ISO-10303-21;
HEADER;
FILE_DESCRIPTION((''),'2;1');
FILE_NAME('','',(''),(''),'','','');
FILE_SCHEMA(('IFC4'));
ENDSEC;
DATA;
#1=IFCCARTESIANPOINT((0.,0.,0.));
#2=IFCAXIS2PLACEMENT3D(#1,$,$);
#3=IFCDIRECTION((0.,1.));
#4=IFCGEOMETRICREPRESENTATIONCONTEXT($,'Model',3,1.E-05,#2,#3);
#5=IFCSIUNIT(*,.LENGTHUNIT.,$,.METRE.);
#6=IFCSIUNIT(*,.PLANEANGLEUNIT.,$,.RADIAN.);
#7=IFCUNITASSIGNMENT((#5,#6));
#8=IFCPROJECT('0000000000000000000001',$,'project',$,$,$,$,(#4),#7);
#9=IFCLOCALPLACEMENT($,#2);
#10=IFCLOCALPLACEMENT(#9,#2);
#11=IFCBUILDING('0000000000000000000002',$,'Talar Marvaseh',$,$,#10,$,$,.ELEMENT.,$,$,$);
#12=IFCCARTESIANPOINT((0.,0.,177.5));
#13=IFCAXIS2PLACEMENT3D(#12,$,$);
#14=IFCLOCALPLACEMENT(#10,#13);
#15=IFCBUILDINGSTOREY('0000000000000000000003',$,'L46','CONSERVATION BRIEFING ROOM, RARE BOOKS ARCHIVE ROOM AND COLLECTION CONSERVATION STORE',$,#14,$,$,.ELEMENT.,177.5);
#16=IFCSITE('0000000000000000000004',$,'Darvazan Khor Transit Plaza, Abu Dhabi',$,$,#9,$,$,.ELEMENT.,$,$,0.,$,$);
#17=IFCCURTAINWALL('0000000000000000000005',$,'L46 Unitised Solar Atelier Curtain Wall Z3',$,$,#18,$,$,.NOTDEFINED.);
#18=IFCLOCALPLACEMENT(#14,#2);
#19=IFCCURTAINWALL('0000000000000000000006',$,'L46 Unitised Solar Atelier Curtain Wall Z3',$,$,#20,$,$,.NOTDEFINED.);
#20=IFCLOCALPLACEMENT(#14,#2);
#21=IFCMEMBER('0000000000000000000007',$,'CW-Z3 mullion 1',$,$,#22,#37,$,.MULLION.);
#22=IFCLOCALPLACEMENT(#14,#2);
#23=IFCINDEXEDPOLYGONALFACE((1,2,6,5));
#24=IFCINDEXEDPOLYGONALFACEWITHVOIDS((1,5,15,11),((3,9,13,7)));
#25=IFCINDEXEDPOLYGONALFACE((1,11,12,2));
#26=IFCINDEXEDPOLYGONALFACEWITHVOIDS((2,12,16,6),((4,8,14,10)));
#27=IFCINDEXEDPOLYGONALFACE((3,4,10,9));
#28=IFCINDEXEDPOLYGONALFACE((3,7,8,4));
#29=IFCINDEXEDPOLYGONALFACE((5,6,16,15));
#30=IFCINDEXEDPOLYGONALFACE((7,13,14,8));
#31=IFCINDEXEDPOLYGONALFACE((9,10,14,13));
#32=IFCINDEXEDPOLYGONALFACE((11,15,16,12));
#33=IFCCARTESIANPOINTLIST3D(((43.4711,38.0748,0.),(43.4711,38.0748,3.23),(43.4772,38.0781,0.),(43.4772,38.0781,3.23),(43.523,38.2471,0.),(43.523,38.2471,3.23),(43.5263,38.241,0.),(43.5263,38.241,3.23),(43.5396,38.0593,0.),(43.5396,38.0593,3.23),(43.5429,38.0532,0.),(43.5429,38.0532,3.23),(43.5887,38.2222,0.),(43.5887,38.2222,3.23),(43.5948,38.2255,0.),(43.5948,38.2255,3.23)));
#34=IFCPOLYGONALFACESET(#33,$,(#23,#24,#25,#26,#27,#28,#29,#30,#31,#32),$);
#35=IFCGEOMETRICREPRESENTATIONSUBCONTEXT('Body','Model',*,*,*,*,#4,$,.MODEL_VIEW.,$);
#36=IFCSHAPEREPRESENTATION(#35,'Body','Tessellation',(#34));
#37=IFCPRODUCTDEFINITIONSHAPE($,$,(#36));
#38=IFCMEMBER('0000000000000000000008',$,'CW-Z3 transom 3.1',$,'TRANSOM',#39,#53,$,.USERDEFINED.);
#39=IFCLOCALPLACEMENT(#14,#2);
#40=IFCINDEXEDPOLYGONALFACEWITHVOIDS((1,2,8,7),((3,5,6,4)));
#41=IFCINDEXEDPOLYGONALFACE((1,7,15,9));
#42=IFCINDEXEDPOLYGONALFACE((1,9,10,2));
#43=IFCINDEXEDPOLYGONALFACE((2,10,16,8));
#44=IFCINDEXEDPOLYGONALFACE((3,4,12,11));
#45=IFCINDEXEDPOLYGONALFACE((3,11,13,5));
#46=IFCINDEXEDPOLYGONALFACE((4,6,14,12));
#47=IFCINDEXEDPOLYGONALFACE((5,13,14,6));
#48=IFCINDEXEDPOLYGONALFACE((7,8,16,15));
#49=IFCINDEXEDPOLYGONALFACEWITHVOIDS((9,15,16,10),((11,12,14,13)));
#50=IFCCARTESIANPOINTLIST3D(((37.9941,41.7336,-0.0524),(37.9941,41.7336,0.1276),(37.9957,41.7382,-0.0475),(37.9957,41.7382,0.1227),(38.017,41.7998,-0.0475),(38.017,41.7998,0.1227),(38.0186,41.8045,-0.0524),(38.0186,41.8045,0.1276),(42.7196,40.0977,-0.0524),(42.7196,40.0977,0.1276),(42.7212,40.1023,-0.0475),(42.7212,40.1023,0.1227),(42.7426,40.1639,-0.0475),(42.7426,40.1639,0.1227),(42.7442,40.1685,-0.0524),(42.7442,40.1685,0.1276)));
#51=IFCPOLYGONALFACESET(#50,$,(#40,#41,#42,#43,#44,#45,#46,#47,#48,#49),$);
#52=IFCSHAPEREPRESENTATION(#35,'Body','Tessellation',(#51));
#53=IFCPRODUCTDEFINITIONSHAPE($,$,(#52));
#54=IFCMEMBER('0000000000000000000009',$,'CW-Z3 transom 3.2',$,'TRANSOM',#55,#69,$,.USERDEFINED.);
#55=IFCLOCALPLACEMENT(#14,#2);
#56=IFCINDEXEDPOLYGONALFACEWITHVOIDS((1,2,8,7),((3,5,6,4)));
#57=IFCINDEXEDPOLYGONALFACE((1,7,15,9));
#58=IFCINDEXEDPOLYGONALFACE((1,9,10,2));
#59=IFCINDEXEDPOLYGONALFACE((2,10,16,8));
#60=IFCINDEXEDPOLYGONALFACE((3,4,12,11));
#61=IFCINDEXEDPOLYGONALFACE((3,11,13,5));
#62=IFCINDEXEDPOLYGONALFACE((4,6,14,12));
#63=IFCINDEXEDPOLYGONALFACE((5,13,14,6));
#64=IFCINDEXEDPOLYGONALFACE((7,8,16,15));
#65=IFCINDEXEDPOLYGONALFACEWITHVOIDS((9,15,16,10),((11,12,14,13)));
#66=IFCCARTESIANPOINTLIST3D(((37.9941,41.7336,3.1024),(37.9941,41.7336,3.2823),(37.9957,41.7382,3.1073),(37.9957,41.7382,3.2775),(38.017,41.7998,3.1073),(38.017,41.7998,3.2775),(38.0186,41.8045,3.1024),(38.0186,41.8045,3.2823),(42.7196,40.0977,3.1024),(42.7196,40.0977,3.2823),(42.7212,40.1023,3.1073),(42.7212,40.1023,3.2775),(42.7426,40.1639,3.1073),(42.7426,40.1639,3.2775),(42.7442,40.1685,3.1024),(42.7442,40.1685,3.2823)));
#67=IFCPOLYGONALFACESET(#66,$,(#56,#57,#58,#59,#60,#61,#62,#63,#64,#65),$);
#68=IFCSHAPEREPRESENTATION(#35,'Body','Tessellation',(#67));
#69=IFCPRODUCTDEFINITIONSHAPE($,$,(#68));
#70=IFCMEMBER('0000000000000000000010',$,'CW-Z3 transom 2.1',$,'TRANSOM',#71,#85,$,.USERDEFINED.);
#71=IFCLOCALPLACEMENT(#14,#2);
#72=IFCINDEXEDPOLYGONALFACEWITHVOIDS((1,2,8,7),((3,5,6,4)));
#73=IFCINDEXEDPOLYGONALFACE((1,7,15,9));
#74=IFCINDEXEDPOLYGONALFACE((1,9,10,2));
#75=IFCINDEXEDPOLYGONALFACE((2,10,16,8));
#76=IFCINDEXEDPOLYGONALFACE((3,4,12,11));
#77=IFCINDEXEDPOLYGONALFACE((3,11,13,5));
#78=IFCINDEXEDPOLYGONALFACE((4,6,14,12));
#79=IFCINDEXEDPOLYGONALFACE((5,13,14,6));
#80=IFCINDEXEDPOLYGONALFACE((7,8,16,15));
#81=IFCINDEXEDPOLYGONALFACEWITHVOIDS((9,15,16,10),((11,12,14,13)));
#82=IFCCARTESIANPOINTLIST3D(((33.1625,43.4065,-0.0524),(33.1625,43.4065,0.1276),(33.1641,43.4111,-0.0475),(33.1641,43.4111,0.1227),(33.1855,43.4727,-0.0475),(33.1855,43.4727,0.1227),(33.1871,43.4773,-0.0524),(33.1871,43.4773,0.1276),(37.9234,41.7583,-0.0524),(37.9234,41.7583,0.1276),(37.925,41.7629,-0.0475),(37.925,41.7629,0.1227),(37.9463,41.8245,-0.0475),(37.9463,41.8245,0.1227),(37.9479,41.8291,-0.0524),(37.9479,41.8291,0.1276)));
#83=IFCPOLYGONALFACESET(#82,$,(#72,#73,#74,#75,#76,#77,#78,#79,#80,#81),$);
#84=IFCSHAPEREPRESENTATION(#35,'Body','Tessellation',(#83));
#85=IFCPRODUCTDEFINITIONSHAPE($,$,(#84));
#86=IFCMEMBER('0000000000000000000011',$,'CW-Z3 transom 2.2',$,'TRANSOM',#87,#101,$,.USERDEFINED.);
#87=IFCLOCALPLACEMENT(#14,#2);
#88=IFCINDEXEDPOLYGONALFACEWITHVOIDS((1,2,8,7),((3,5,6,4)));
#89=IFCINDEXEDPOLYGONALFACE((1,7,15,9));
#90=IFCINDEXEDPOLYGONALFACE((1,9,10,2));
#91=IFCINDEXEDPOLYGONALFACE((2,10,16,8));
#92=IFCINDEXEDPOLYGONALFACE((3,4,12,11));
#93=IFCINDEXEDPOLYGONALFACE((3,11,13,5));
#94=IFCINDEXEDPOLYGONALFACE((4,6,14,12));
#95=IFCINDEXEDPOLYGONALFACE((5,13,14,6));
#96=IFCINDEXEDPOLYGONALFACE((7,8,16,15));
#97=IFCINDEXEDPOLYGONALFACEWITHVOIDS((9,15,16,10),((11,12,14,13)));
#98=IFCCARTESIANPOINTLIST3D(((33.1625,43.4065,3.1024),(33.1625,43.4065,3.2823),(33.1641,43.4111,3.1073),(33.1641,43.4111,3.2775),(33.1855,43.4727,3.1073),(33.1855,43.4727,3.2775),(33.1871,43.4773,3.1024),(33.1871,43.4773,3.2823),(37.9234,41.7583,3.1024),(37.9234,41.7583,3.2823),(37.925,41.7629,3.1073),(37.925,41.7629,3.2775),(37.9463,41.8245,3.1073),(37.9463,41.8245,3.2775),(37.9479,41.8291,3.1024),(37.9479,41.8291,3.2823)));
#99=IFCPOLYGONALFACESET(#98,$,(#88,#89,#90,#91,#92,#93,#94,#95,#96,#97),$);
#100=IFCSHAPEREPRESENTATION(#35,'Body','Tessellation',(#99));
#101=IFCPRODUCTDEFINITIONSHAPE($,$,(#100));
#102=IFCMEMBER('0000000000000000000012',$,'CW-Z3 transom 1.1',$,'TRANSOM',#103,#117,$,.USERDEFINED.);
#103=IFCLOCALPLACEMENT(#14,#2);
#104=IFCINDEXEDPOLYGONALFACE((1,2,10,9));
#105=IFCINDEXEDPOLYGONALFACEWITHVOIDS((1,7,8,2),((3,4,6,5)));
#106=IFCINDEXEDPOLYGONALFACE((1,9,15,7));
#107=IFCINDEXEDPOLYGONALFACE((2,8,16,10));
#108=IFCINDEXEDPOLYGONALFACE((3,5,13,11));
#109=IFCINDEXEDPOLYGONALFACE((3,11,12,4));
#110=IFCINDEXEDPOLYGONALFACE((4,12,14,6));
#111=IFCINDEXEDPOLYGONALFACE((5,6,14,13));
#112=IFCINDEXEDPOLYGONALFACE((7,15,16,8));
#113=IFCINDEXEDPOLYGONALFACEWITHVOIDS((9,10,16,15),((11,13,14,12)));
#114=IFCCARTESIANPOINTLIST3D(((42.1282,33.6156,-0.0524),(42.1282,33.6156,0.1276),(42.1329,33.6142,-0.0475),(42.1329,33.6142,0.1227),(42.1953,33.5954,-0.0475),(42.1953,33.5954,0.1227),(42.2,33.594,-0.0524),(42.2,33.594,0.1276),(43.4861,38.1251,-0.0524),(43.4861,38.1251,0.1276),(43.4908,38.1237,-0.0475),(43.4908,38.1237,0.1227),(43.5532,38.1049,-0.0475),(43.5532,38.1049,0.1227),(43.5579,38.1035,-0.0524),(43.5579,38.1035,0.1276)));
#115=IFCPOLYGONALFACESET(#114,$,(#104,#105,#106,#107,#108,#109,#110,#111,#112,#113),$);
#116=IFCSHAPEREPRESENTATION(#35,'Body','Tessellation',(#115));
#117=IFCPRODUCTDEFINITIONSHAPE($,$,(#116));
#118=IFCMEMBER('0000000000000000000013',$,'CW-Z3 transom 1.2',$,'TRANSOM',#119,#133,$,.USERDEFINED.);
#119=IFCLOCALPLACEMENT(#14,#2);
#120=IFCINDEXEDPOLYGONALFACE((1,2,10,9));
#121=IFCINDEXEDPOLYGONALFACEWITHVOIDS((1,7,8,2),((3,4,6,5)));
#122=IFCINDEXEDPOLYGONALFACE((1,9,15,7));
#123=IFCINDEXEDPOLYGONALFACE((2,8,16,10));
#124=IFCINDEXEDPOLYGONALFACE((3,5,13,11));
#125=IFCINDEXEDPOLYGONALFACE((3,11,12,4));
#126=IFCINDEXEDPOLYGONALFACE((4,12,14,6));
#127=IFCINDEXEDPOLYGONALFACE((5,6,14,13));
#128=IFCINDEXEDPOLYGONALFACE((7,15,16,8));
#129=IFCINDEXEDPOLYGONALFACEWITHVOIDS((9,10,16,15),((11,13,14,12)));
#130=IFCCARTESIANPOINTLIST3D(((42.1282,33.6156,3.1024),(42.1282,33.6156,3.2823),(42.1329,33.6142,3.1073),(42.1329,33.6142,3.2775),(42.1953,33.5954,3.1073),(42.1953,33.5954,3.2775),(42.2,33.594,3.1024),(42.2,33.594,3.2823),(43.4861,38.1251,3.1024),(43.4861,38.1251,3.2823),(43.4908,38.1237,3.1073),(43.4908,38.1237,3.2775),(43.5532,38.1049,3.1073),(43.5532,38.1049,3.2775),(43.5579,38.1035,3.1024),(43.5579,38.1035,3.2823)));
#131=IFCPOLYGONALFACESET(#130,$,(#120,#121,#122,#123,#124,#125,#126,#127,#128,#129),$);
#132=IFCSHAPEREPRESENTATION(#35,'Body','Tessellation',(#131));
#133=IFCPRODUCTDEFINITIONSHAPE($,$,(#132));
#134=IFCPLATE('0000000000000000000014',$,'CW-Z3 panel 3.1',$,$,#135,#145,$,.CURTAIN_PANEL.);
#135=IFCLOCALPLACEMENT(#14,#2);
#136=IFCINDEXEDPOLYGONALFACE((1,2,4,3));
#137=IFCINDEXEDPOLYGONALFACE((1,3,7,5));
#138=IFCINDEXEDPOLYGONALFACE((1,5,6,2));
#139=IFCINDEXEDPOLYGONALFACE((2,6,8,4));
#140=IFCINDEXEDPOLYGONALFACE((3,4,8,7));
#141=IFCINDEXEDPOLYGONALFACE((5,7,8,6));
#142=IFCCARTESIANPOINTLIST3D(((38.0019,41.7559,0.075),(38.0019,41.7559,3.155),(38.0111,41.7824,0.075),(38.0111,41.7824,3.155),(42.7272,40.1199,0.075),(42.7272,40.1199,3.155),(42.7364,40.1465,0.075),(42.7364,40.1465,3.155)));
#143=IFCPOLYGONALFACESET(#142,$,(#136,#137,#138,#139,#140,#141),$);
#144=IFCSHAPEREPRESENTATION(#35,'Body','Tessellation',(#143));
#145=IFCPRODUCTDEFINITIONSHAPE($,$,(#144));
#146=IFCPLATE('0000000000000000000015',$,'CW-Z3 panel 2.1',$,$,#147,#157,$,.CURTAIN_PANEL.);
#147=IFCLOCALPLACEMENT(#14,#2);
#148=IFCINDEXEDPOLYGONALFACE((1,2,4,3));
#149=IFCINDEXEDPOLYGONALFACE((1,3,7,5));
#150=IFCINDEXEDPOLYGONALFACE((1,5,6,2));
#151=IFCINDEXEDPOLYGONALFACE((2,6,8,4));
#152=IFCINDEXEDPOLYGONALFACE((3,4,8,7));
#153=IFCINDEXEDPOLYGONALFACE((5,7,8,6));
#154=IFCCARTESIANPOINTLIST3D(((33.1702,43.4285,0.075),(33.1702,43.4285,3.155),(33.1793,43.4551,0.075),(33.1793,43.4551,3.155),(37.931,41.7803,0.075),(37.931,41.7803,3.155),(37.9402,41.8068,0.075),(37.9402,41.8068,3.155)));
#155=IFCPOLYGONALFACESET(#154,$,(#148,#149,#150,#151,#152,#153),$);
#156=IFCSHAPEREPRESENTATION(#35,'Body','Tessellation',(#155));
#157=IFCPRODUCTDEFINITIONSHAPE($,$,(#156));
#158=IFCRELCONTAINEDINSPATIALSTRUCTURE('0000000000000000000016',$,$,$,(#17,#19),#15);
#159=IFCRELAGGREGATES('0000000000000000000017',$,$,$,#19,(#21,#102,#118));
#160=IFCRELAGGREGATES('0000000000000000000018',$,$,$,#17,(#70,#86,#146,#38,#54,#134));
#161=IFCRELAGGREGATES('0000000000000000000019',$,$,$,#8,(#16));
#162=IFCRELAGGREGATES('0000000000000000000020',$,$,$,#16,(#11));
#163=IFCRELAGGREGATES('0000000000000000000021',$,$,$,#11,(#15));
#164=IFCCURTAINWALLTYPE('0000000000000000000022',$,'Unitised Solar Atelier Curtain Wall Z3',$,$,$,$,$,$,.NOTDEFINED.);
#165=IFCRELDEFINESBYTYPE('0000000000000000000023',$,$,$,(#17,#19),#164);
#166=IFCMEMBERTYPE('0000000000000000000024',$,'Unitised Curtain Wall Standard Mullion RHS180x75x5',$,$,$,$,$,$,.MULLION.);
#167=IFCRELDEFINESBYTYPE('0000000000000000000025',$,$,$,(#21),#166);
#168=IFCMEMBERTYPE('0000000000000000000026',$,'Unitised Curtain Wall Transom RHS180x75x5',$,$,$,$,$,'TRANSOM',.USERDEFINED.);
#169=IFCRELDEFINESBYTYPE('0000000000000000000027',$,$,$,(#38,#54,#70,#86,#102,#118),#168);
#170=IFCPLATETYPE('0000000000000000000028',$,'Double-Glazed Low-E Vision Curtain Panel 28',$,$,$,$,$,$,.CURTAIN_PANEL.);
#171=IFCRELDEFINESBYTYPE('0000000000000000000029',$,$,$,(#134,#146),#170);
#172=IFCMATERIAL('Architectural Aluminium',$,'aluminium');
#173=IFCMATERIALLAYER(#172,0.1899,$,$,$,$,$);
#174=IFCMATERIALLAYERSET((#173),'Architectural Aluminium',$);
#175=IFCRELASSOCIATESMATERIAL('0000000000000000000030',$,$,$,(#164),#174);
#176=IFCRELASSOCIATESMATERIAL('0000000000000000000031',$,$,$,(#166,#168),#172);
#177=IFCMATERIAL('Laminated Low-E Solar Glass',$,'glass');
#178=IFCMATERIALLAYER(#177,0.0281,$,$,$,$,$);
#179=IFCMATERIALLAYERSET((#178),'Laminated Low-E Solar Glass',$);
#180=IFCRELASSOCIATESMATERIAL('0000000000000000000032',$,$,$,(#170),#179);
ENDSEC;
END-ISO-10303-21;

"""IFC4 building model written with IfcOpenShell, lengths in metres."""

from ifc_helpers import new_model, si_unit, direction, frame, origin, origin_2d, place, context, subcontext, project, spatial, rectangle, hollow_rectangle, extrude, source, transform, mapped, material, layer, layer_set, material_profile, profile_set, type_object, type_shapes, element, aggregate, save


model = new_model("IFC4")

# Units and contexts
model_context = context("Model", 3, precision=1e-05, world=origin(), true_north=direction((0.0, 1.0)))
body_context = subcontext(model_context, "Body", "Model", "MODEL_VIEW")
ifc_project = project(units=[si_unit("LENGTHUNIT", "METRE"), si_unit("PLANEANGLEUNIT", "RADIAN")], contexts=[model_context])

# Site, building, storey
site_placement = place(None, origin())
site = spatial("IfcSite", under=ifc_project, at=site_placement, Name="Darvazan Khor Transit Plaza, Abu Dhabi", CompositionType="ELEMENT", RefElevation=0.0)
building_placement = place(site_placement, origin())
building = spatial("IfcBuilding", under=site, at=building_placement, Name="Talar Marvaseh", CompositionType="ELEMENT")
storey_placement = place(building_placement, frame((0.0, 0.0, 177.5)))
storey = spatial("IfcBuildingStorey", under=building, at=storey_placement, Name="L46", Description="CONSERVATION BRIEFING ROOM, RARE BOOKS ARCHIVE ROOM AND COLLECTION CONSERVATION STORE", CompositionType="ELEMENT", Elevation=177.5)

# Curtain wall
ifc_material_1 = material(Name="Architectural Aluminium", Category="aluminium")
ifc_layer_1 = layer(ifc_material_1, 0.1899)
ifc_layer_set_1 = layer_set([ifc_layer_1], Name="Architectural Aluminium")
curtain_wall_type = type_object("IfcCurtainWallType", Name="Unitised Solar Atelier Curtain Wall Z3", PredefinedType="NOTDEFINED", material=ifc_layer_set_1)
curtain_wall_1_placement = place(storey_placement, origin())
curtain_wall_1 = element("IfcCurtainWall", 1, at=curtain_wall_1_placement, inside=storey, type_object=curtain_wall_type, Name="L46 Unitised Solar Atelier Curtain Wall Z3", PredefinedType="NOTDEFINED")
ifc_material_profile_1 = material_profile(ifc_material_1, hollow_rectangle(XDim=0.075, YDim=0.1799, WallThickness=0.0049, at=origin_2d()), Name="RHS180x75x5")
ifc_profile_set_1 = profile_set([ifc_material_profile_1], Name="Architectural Aluminium")
member_type_1 = type_object("IfcMemberType", Name="Unitised Curtain Wall Standard Mullion RHS180x75x5", PredefinedType="MULLION", material=ifc_profile_set_1)
shared_shape_1 = source(origin(), body_context, "Body", "SweptSolid", [
    extrude(hollow_rectangle(XDim=0.075, YDim=0.1799, WallThickness=0.0049, at=origin_2d()), origin(), (0.0, 0.0, 1.0), 3.23),
])
type_shapes(member_type_1, [shared_shape_1])

# Curtain wall, member
curtain_wall_2_placement = place(storey_placement, origin())
curtain_wall_2 = element("IfcCurtainWall", 2, at=curtain_wall_2_placement, inside=storey, type_object=curtain_wall_type, Name="L46 Unitised Solar Atelier Curtain Wall Z3", PredefinedType="NOTDEFINED")
member_1_placement = place(storey_placement, frame((43.533, 38.1501, 0.0), z_axis=(0.0, 0.0, 1.0), x_axis=(0.957526, -0.288347, 0.0)))
member_1 = element("IfcMember", 3, at=member_1_placement, type_object=member_type_1, Name="CW-Z3 mullion 1", PredefinedType="MULLION", context=body_context, shape_type="MappedRepresentation", body=[
    mapped(shared_shape_1, transform((0.0, 0.0, 0.0), x_axis=(1.0, 0.0, 0.0), y_axis=(0.0, 1.0, 0.0), z_axis=(0.0, 0.0, 1.0), scale=1.0)),
])

# Members
ifc_material_profile_2 = material_profile(ifc_material_1, hollow_rectangle(XDim=0.075, YDim=0.1799, WallThickness=0.0049, at=origin_2d()), Name="RHS180x75x5")
ifc_profile_set_2 = profile_set([ifc_material_profile_2], Name="Architectural Aluminium")
member_type_2 = type_object("IfcMemberType", Name="Unitised Curtain Wall Transom RHS180x75x5", ElementType="TRANSOM", PredefinedType="USERDEFINED", material=ifc_profile_set_2)
shared_shape_2 = source(origin(), body_context, "Body", "SweptSolid", [
    extrude(hollow_rectangle(XDim=0.075, YDim=0.1799, WallThickness=0.0049, at=origin_2d()), origin(), (0.0, 0.0, 1.0), 5.0007),
])
member_2_placement = place(storey_placement, frame((38.0063, 41.769, 0.0376), z_axis=(0.944973, -0.327147, 0.0), x_axis=(0.327147, 0.944973, 0.0)))
member_2 = element("IfcMember", 4, at=member_2_placement, type_object=member_type_2, Name="CW-Z3 transom 3.1", ObjectType="TRANSOM", PredefinedType="USERDEFINED", context=body_context, shape_type="MappedRepresentation", body=[
    mapped(shared_shape_2, transform((0.0, 0.0, 0.0), x_axis=(1.0, 0.0, 0.0), y_axis=(0.0, 1.0, 0.0), z_axis=(0.0, 0.0, 1.0), scale=1.0)),
])
member_3_placement = place(storey_placement, frame((38.0063, 41.769, 3.1924), z_axis=(0.944973, -0.327147, 0.0), x_axis=(0.327147, 0.944973, 0.0)))
member_3 = element("IfcMember", 5, at=member_3_placement, type_object=member_type_2, Name="CW-Z3 transom 3.2", ObjectType="TRANSOM", PredefinedType="USERDEFINED", context=body_context, shape_type="MappedRepresentation", body=[
    mapped(shared_shape_2, transform((0.0, 0.0, 0.0), x_axis=(1.0, 0.0, 0.0), y_axis=(0.0, 1.0, 0.0), z_axis=(0.0, 0.0, 1.0), scale=1.0)),
])
shared_shape_3 = source(origin(), body_context, "Body", "SweptSolid", [
    extrude(hollow_rectangle(XDim=0.075, YDim=0.1799, WallThickness=0.0049, at=origin_2d()), origin(), (0.0, 0.0, 1.0), 5.0381),
])
member_4_placement = place(storey_placement, frame((33.1748, 43.4419, 0.0376), z_axis=(0.944971, -0.327154, 0.0), x_axis=(0.327154, 0.944971, 0.0)))
member_4 = element("IfcMember", 6, at=member_4_placement, type_object=member_type_2, Name="CW-Z3 transom 2.1", ObjectType="TRANSOM", PredefinedType="USERDEFINED", context=body_context, shape_type="MappedRepresentation", body=[
    mapped(shared_shape_3, transform((0.0, 0.0, 0.0), x_axis=(1.0, 0.0, 0.0), y_axis=(0.0, 1.0, 0.0), z_axis=(0.0, 0.0, 1.0), scale=1.0)),
])
member_5_placement = place(storey_placement, frame((33.1748, 43.4419, 3.1924), z_axis=(0.944971, -0.327154, 0.0), x_axis=(0.327154, 0.944971, 0.0)))
member_5 = element("IfcMember", 7, at=member_5_placement, type_object=member_type_2, Name="CW-Z3 transom 2.2", ObjectType="TRANSOM", PredefinedType="USERDEFINED", context=body_context, shape_type="MappedRepresentation", body=[
    mapped(shared_shape_3, transform((0.0, 0.0, 0.0), x_axis=(1.0, 0.0, 0.0), y_axis=(0.0, 1.0, 0.0), z_axis=(0.0, 0.0, 1.0), scale=1.0)),
])
shared_shape_4 = source(origin(), body_context, "Body", "SweptSolid", [
    extrude(hollow_rectangle(XDim=0.075, YDim=0.1799, WallThickness=0.0049, at=origin_2d()), origin(), (0.0, 0.0, 1.0), 4.7095),
])
type_shapes(member_type_2, [shared_shape_2, shared_shape_3, shared_shape_4])
member_6_placement = place(storey_placement, frame((43.522, 38.1143, 0.0376), z_axis=(-0.288332, -0.95753, 0.0), x_axis=(0.95753, -0.288332, 0.0)))
member_6 = element("IfcMember", 8, at=member_6_placement, type_object=member_type_2, Name="CW-Z3 transom 1.1", ObjectType="TRANSOM", PredefinedType="USERDEFINED", context=body_context, shape_type="MappedRepresentation", body=[
    mapped(shared_shape_4, transform((0.0, 0.0, 0.0), x_axis=(1.0, 0.0, 0.0), y_axis=(0.0, 1.0, 0.0), z_axis=(0.0, 0.0, 1.0), scale=1.0)),
])
member_7_placement = place(storey_placement, frame((43.522, 38.1143, 3.1924), z_axis=(-0.288332, -0.95753, 0.0), x_axis=(0.95753, -0.288332, 0.0)))
member_7 = element("IfcMember", 9, at=member_7_placement, type_object=member_type_2, Name="CW-Z3 transom 1.2", ObjectType="TRANSOM", PredefinedType="USERDEFINED", context=body_context, shape_type="MappedRepresentation", body=[
    mapped(shared_shape_4, transform((0.0, 0.0, 0.0), x_axis=(1.0, 0.0, 0.0), y_axis=(0.0, 1.0, 0.0), z_axis=(0.0, 0.0, 1.0), scale=1.0)),
])
aggregate(curtain_wall_2, [member_1, member_6, member_7])

# Plates
ifc_material_2 = material(Name="Laminated Low-E Solar Glass", Category="glass")
ifc_layer_2 = layer(ifc_material_2, 0.0281)
ifc_layer_set_2 = layer_set([ifc_layer_2], Name="Laminated Low-E Solar Glass")
plate_type = type_object("IfcPlateType", Name="Double-Glazed Low-E Vision Curtain Panel 28", PredefinedType="CURTAIN_PANEL", material=ifc_layer_set_2)
shared_shape_5 = source(origin(), body_context, "Body", "SweptSolid", [
    extrude(rectangle(XDim=5.0005, YDim=0.0281, at=origin_2d()), origin(), (0.0, 0.0, 1.0), 3.0801),
])
plate_1_placement = place(storey_placement, frame((40.3691, 40.9512, 0.075), z_axis=(0.0, 0.0, 1.0), x_axis=(0.94497, -0.327157, 0.0)))
plate_1 = element("IfcPlate", 10, at=plate_1_placement, type_object=plate_type, Name="CW-Z3 panel 3.1", PredefinedType="CURTAIN_PANEL", context=body_context, shape_type="MappedRepresentation", body=[
    mapped(shared_shape_5, transform((0.0, 0.0, 0.0), x_axis=(1.0, 0.0, 0.0), y_axis=(0.0, 1.0, 0.0), z_axis=(0.0, 0.0, 1.0), scale=1.0)),
])
shared_shape_6 = source(origin(), body_context, "Body", "SweptSolid", [
    extrude(rectangle(XDim=5.0381, YDim=0.0281, at=origin_2d()), origin(), (0.0, 0.0, 1.0), 3.0801),
])
type_shapes(plate_type, [shared_shape_5, shared_shape_6])
plate_2_placement = place(storey_placement, frame((35.5552, 42.6177, 0.075), z_axis=(0.0, 0.0, 1.0), x_axis=(0.94497, -0.327157, 0.0)))
plate_2 = element("IfcPlate", 11, at=plate_2_placement, type_object=plate_type, Name="CW-Z3 panel 2.1", PredefinedType="CURTAIN_PANEL", context=body_context, shape_type="MappedRepresentation", body=[
    mapped(shared_shape_6, transform((0.0, 0.0, 0.0), x_axis=(1.0, 0.0, 0.0), y_axis=(0.0, 1.0, 0.0), z_axis=(0.0, 0.0, 1.0), scale=1.0)),
])
aggregate(curtain_wall_1, [member_4, member_5, plate_2, member_2, member_3, plate_1])

save(model, "model.ifc")
